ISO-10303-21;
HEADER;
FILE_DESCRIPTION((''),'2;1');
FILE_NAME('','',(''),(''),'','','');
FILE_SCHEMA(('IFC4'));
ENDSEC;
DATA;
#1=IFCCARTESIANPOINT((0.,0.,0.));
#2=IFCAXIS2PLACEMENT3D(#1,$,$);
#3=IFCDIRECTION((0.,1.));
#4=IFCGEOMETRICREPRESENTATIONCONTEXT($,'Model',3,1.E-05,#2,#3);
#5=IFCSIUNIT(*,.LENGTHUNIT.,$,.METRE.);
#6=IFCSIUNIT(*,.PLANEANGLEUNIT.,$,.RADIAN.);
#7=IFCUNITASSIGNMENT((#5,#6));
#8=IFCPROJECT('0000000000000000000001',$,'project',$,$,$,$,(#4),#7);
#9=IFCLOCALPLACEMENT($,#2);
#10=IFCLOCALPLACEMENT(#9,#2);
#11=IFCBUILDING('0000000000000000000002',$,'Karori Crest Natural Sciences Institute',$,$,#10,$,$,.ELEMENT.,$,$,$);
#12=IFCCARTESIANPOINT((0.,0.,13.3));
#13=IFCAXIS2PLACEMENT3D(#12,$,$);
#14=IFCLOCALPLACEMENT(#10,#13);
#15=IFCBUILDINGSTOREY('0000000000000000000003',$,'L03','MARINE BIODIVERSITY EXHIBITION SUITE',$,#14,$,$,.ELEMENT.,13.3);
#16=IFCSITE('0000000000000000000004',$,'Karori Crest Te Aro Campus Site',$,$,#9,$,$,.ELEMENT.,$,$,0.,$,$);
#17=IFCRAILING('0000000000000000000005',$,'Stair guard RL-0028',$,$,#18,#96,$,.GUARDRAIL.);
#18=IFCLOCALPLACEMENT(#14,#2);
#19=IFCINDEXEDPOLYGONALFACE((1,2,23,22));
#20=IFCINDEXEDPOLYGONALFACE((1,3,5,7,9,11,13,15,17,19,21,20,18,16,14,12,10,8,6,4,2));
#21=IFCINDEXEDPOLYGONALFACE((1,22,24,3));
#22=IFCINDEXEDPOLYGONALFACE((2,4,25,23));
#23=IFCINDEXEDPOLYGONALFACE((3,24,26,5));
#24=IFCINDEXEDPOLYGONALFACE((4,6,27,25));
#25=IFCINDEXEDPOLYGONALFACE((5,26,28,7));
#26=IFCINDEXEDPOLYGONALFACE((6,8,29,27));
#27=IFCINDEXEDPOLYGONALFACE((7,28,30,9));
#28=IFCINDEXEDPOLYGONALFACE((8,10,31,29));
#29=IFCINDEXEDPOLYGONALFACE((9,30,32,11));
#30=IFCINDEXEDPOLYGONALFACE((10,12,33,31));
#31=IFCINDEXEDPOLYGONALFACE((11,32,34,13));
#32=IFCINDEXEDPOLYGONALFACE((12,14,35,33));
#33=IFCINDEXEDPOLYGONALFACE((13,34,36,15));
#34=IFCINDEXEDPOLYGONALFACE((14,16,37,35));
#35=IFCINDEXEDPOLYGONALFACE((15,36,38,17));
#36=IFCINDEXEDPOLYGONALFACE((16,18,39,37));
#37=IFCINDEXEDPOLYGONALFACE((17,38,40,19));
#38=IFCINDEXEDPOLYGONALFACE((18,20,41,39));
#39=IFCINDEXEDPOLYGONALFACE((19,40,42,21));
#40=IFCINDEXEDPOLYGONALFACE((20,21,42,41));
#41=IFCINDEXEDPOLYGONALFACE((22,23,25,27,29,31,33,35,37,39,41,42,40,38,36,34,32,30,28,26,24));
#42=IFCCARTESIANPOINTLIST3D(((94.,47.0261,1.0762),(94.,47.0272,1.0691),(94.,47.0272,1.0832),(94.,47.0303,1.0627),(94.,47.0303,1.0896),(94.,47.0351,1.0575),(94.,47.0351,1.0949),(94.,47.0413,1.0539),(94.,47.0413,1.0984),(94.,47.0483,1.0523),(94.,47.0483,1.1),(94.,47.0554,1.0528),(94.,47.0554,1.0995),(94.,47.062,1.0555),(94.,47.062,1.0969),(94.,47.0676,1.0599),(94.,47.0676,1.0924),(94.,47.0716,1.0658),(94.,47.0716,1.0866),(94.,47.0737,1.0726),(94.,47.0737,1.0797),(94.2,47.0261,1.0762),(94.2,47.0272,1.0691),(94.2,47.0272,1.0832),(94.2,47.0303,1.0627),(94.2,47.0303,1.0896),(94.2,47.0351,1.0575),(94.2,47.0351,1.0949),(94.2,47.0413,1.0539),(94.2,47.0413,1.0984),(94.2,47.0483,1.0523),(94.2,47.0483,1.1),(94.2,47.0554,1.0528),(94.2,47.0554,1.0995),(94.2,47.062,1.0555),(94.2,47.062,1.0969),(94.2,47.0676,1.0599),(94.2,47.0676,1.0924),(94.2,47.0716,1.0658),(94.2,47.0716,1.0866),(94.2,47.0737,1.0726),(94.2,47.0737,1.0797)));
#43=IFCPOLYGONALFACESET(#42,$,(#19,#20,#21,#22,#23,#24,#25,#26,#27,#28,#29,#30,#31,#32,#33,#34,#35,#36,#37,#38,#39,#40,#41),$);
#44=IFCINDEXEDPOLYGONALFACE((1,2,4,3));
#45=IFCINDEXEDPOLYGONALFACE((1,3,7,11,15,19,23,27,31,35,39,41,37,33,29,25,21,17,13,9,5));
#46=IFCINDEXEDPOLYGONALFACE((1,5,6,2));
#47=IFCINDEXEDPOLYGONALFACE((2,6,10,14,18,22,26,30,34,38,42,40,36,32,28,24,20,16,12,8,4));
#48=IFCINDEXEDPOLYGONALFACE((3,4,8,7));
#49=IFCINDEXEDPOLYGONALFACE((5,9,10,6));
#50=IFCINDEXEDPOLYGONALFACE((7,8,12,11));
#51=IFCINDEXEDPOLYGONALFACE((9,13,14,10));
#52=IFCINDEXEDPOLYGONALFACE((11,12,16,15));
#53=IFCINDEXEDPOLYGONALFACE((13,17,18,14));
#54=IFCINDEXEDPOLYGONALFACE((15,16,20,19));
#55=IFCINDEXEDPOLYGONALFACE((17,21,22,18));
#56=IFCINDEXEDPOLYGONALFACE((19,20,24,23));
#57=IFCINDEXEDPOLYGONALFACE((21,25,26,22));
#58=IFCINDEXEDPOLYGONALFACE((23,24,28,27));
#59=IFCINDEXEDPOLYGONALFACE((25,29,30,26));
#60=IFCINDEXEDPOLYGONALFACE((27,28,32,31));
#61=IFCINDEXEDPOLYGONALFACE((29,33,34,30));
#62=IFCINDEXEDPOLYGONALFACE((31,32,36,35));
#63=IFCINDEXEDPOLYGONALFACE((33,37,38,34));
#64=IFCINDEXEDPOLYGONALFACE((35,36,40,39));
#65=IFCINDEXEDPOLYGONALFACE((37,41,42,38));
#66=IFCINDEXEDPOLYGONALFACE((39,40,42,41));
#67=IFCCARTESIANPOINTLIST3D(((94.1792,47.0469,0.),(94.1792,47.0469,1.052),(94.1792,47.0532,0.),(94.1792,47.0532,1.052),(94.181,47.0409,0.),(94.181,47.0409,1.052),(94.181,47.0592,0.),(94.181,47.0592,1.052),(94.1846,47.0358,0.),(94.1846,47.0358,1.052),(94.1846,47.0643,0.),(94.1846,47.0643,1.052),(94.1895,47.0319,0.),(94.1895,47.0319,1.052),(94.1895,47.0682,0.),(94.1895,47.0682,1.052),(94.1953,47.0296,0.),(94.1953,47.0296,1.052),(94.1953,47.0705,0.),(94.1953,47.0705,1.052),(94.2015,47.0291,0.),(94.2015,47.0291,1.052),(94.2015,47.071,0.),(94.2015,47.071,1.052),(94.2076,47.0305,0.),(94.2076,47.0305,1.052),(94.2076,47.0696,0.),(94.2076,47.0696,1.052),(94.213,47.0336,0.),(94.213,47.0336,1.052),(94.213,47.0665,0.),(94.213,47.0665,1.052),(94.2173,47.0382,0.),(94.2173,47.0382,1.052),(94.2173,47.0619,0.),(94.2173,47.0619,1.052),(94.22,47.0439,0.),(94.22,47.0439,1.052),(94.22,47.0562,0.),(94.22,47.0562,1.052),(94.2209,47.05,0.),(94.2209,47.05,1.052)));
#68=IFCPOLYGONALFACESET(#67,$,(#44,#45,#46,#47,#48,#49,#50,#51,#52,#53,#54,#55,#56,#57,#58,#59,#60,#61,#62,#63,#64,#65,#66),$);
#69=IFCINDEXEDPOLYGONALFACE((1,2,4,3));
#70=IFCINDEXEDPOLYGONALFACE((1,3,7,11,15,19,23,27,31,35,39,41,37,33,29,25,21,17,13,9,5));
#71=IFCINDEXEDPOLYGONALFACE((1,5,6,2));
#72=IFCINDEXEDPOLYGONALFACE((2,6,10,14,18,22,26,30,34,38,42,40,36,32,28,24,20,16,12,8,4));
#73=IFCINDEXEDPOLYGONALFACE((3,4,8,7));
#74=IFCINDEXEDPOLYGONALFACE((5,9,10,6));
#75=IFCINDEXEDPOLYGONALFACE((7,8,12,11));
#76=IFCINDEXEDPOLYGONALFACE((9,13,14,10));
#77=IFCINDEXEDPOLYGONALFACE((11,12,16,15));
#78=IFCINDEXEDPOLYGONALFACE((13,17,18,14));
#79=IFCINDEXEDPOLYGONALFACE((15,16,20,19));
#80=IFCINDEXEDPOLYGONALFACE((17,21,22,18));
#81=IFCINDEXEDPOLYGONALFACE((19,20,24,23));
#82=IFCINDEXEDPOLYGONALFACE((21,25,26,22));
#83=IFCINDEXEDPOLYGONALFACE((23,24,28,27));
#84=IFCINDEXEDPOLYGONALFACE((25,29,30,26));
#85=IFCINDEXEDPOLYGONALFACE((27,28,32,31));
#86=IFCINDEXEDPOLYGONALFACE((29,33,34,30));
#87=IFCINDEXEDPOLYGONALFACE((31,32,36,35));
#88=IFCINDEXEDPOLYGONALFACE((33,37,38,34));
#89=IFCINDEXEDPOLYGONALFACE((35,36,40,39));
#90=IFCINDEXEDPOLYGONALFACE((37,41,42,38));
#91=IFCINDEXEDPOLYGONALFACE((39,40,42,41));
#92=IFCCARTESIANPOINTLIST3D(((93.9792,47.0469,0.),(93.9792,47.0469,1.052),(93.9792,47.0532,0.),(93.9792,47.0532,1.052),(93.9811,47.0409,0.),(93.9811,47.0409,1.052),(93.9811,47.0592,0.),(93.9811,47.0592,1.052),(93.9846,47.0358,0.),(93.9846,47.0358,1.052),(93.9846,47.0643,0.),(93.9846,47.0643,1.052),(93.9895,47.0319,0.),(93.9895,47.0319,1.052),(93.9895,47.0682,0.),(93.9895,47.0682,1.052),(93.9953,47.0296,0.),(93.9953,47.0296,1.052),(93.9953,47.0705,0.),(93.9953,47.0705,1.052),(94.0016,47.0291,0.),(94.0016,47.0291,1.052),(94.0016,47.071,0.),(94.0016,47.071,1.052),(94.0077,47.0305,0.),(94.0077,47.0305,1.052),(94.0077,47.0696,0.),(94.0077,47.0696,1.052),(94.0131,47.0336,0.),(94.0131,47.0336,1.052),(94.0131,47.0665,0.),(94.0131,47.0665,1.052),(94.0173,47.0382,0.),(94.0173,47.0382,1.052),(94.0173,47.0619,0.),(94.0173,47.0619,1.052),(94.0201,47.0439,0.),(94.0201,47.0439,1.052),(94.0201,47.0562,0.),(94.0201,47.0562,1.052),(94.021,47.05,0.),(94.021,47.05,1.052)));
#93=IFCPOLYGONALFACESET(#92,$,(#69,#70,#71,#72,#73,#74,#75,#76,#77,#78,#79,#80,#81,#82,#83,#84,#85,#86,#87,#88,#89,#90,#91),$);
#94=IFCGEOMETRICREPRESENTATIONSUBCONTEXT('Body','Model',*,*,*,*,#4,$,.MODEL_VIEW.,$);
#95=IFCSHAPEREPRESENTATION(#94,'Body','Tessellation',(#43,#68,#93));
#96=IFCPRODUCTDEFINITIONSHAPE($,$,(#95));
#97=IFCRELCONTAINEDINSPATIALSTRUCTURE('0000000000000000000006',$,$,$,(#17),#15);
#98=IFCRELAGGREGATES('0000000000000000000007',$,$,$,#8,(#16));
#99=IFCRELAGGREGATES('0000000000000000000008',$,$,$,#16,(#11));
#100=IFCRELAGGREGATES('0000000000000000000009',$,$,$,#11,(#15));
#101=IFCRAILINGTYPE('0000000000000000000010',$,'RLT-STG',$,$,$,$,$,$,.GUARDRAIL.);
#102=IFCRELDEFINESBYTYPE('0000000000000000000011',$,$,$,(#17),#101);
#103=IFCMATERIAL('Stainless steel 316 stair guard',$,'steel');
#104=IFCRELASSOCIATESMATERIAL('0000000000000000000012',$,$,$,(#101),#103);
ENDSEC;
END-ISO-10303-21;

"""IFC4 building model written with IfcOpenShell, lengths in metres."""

from ifc_helpers import new_model, si_unit, direction, frame, origin, origin_2d, place, context, subcontext, project, spatial, circle, extrude, material, type_object, element, save


model = new_model("IFC4")

# Units and contexts
model_context = context("Model", 3, precision=1e-05, world=origin(), true_north=direction((0.0, 1.0)))
body_context = subcontext(model_context, "Body", "Model", "MODEL_VIEW")
ifc_project = project(units=[si_unit("LENGTHUNIT", "METRE"), si_unit("PLANEANGLEUNIT", "RADIAN")], contexts=[model_context])

# Site, building, storey
site_placement = place(None, origin())
site = spatial("IfcSite", under=ifc_project, at=site_placement, Name="Karori Crest Te Aro Campus Site", CompositionType="ELEMENT", RefElevation=0.0)
building_placement = place(site_placement, origin())
building = spatial("IfcBuilding", under=site, at=building_placement, Name="Karori Crest Natural Sciences Institute", CompositionType="ELEMENT")
storey_placement = place(building_placement, frame((0.0, 0.0, 13.3)))
storey = spatial("IfcBuildingStorey", under=building, at=storey_placement, Name="L03", Description="MARINE BIODIVERSITY EXHIBITION SUITE", CompositionType="ELEMENT", Elevation=13.3)

# Railing
ifc_material_1 = material(Name="Stainless steel 316 stair guard", Category="steel")
railing_type_1 = type_object("IfcRailingType", Name="RLT-STG", PredefinedType="GUARDRAIL", material=ifc_material_1)
railing_1_placement = place(storey_placement, frame((94.2, 47.05, 0.0)))
element("IfcRailing", 1, at=railing_1_placement, inside=storey, type_object=railing_type_1, Name="Stair guard RL-0028", PredefinedType="GUARDRAIL", context=body_context, shape_type="SweptSolid", body=[
    extrude(circle(Radius=0.0239, at=origin_2d()), frame((0.0, 0.0, 1.0762), z_axis=(-1.0, 0.0, 0.0), x_axis=(0.0, -1.0, 0.0)), (0.0, 0.0, 1.0), 0.2),
    extrude(circle(Radius=0.021, at=origin_2d()), origin(), (0.0, 0.0, 1.0), 1.052),
    extrude(circle(Radius=0.021, at=origin_2d()), frame((-0.2, 0.0, 0.0)), (0.0, 0.0, 1.0), 1.052),
])

save(model, "model.ifc")
